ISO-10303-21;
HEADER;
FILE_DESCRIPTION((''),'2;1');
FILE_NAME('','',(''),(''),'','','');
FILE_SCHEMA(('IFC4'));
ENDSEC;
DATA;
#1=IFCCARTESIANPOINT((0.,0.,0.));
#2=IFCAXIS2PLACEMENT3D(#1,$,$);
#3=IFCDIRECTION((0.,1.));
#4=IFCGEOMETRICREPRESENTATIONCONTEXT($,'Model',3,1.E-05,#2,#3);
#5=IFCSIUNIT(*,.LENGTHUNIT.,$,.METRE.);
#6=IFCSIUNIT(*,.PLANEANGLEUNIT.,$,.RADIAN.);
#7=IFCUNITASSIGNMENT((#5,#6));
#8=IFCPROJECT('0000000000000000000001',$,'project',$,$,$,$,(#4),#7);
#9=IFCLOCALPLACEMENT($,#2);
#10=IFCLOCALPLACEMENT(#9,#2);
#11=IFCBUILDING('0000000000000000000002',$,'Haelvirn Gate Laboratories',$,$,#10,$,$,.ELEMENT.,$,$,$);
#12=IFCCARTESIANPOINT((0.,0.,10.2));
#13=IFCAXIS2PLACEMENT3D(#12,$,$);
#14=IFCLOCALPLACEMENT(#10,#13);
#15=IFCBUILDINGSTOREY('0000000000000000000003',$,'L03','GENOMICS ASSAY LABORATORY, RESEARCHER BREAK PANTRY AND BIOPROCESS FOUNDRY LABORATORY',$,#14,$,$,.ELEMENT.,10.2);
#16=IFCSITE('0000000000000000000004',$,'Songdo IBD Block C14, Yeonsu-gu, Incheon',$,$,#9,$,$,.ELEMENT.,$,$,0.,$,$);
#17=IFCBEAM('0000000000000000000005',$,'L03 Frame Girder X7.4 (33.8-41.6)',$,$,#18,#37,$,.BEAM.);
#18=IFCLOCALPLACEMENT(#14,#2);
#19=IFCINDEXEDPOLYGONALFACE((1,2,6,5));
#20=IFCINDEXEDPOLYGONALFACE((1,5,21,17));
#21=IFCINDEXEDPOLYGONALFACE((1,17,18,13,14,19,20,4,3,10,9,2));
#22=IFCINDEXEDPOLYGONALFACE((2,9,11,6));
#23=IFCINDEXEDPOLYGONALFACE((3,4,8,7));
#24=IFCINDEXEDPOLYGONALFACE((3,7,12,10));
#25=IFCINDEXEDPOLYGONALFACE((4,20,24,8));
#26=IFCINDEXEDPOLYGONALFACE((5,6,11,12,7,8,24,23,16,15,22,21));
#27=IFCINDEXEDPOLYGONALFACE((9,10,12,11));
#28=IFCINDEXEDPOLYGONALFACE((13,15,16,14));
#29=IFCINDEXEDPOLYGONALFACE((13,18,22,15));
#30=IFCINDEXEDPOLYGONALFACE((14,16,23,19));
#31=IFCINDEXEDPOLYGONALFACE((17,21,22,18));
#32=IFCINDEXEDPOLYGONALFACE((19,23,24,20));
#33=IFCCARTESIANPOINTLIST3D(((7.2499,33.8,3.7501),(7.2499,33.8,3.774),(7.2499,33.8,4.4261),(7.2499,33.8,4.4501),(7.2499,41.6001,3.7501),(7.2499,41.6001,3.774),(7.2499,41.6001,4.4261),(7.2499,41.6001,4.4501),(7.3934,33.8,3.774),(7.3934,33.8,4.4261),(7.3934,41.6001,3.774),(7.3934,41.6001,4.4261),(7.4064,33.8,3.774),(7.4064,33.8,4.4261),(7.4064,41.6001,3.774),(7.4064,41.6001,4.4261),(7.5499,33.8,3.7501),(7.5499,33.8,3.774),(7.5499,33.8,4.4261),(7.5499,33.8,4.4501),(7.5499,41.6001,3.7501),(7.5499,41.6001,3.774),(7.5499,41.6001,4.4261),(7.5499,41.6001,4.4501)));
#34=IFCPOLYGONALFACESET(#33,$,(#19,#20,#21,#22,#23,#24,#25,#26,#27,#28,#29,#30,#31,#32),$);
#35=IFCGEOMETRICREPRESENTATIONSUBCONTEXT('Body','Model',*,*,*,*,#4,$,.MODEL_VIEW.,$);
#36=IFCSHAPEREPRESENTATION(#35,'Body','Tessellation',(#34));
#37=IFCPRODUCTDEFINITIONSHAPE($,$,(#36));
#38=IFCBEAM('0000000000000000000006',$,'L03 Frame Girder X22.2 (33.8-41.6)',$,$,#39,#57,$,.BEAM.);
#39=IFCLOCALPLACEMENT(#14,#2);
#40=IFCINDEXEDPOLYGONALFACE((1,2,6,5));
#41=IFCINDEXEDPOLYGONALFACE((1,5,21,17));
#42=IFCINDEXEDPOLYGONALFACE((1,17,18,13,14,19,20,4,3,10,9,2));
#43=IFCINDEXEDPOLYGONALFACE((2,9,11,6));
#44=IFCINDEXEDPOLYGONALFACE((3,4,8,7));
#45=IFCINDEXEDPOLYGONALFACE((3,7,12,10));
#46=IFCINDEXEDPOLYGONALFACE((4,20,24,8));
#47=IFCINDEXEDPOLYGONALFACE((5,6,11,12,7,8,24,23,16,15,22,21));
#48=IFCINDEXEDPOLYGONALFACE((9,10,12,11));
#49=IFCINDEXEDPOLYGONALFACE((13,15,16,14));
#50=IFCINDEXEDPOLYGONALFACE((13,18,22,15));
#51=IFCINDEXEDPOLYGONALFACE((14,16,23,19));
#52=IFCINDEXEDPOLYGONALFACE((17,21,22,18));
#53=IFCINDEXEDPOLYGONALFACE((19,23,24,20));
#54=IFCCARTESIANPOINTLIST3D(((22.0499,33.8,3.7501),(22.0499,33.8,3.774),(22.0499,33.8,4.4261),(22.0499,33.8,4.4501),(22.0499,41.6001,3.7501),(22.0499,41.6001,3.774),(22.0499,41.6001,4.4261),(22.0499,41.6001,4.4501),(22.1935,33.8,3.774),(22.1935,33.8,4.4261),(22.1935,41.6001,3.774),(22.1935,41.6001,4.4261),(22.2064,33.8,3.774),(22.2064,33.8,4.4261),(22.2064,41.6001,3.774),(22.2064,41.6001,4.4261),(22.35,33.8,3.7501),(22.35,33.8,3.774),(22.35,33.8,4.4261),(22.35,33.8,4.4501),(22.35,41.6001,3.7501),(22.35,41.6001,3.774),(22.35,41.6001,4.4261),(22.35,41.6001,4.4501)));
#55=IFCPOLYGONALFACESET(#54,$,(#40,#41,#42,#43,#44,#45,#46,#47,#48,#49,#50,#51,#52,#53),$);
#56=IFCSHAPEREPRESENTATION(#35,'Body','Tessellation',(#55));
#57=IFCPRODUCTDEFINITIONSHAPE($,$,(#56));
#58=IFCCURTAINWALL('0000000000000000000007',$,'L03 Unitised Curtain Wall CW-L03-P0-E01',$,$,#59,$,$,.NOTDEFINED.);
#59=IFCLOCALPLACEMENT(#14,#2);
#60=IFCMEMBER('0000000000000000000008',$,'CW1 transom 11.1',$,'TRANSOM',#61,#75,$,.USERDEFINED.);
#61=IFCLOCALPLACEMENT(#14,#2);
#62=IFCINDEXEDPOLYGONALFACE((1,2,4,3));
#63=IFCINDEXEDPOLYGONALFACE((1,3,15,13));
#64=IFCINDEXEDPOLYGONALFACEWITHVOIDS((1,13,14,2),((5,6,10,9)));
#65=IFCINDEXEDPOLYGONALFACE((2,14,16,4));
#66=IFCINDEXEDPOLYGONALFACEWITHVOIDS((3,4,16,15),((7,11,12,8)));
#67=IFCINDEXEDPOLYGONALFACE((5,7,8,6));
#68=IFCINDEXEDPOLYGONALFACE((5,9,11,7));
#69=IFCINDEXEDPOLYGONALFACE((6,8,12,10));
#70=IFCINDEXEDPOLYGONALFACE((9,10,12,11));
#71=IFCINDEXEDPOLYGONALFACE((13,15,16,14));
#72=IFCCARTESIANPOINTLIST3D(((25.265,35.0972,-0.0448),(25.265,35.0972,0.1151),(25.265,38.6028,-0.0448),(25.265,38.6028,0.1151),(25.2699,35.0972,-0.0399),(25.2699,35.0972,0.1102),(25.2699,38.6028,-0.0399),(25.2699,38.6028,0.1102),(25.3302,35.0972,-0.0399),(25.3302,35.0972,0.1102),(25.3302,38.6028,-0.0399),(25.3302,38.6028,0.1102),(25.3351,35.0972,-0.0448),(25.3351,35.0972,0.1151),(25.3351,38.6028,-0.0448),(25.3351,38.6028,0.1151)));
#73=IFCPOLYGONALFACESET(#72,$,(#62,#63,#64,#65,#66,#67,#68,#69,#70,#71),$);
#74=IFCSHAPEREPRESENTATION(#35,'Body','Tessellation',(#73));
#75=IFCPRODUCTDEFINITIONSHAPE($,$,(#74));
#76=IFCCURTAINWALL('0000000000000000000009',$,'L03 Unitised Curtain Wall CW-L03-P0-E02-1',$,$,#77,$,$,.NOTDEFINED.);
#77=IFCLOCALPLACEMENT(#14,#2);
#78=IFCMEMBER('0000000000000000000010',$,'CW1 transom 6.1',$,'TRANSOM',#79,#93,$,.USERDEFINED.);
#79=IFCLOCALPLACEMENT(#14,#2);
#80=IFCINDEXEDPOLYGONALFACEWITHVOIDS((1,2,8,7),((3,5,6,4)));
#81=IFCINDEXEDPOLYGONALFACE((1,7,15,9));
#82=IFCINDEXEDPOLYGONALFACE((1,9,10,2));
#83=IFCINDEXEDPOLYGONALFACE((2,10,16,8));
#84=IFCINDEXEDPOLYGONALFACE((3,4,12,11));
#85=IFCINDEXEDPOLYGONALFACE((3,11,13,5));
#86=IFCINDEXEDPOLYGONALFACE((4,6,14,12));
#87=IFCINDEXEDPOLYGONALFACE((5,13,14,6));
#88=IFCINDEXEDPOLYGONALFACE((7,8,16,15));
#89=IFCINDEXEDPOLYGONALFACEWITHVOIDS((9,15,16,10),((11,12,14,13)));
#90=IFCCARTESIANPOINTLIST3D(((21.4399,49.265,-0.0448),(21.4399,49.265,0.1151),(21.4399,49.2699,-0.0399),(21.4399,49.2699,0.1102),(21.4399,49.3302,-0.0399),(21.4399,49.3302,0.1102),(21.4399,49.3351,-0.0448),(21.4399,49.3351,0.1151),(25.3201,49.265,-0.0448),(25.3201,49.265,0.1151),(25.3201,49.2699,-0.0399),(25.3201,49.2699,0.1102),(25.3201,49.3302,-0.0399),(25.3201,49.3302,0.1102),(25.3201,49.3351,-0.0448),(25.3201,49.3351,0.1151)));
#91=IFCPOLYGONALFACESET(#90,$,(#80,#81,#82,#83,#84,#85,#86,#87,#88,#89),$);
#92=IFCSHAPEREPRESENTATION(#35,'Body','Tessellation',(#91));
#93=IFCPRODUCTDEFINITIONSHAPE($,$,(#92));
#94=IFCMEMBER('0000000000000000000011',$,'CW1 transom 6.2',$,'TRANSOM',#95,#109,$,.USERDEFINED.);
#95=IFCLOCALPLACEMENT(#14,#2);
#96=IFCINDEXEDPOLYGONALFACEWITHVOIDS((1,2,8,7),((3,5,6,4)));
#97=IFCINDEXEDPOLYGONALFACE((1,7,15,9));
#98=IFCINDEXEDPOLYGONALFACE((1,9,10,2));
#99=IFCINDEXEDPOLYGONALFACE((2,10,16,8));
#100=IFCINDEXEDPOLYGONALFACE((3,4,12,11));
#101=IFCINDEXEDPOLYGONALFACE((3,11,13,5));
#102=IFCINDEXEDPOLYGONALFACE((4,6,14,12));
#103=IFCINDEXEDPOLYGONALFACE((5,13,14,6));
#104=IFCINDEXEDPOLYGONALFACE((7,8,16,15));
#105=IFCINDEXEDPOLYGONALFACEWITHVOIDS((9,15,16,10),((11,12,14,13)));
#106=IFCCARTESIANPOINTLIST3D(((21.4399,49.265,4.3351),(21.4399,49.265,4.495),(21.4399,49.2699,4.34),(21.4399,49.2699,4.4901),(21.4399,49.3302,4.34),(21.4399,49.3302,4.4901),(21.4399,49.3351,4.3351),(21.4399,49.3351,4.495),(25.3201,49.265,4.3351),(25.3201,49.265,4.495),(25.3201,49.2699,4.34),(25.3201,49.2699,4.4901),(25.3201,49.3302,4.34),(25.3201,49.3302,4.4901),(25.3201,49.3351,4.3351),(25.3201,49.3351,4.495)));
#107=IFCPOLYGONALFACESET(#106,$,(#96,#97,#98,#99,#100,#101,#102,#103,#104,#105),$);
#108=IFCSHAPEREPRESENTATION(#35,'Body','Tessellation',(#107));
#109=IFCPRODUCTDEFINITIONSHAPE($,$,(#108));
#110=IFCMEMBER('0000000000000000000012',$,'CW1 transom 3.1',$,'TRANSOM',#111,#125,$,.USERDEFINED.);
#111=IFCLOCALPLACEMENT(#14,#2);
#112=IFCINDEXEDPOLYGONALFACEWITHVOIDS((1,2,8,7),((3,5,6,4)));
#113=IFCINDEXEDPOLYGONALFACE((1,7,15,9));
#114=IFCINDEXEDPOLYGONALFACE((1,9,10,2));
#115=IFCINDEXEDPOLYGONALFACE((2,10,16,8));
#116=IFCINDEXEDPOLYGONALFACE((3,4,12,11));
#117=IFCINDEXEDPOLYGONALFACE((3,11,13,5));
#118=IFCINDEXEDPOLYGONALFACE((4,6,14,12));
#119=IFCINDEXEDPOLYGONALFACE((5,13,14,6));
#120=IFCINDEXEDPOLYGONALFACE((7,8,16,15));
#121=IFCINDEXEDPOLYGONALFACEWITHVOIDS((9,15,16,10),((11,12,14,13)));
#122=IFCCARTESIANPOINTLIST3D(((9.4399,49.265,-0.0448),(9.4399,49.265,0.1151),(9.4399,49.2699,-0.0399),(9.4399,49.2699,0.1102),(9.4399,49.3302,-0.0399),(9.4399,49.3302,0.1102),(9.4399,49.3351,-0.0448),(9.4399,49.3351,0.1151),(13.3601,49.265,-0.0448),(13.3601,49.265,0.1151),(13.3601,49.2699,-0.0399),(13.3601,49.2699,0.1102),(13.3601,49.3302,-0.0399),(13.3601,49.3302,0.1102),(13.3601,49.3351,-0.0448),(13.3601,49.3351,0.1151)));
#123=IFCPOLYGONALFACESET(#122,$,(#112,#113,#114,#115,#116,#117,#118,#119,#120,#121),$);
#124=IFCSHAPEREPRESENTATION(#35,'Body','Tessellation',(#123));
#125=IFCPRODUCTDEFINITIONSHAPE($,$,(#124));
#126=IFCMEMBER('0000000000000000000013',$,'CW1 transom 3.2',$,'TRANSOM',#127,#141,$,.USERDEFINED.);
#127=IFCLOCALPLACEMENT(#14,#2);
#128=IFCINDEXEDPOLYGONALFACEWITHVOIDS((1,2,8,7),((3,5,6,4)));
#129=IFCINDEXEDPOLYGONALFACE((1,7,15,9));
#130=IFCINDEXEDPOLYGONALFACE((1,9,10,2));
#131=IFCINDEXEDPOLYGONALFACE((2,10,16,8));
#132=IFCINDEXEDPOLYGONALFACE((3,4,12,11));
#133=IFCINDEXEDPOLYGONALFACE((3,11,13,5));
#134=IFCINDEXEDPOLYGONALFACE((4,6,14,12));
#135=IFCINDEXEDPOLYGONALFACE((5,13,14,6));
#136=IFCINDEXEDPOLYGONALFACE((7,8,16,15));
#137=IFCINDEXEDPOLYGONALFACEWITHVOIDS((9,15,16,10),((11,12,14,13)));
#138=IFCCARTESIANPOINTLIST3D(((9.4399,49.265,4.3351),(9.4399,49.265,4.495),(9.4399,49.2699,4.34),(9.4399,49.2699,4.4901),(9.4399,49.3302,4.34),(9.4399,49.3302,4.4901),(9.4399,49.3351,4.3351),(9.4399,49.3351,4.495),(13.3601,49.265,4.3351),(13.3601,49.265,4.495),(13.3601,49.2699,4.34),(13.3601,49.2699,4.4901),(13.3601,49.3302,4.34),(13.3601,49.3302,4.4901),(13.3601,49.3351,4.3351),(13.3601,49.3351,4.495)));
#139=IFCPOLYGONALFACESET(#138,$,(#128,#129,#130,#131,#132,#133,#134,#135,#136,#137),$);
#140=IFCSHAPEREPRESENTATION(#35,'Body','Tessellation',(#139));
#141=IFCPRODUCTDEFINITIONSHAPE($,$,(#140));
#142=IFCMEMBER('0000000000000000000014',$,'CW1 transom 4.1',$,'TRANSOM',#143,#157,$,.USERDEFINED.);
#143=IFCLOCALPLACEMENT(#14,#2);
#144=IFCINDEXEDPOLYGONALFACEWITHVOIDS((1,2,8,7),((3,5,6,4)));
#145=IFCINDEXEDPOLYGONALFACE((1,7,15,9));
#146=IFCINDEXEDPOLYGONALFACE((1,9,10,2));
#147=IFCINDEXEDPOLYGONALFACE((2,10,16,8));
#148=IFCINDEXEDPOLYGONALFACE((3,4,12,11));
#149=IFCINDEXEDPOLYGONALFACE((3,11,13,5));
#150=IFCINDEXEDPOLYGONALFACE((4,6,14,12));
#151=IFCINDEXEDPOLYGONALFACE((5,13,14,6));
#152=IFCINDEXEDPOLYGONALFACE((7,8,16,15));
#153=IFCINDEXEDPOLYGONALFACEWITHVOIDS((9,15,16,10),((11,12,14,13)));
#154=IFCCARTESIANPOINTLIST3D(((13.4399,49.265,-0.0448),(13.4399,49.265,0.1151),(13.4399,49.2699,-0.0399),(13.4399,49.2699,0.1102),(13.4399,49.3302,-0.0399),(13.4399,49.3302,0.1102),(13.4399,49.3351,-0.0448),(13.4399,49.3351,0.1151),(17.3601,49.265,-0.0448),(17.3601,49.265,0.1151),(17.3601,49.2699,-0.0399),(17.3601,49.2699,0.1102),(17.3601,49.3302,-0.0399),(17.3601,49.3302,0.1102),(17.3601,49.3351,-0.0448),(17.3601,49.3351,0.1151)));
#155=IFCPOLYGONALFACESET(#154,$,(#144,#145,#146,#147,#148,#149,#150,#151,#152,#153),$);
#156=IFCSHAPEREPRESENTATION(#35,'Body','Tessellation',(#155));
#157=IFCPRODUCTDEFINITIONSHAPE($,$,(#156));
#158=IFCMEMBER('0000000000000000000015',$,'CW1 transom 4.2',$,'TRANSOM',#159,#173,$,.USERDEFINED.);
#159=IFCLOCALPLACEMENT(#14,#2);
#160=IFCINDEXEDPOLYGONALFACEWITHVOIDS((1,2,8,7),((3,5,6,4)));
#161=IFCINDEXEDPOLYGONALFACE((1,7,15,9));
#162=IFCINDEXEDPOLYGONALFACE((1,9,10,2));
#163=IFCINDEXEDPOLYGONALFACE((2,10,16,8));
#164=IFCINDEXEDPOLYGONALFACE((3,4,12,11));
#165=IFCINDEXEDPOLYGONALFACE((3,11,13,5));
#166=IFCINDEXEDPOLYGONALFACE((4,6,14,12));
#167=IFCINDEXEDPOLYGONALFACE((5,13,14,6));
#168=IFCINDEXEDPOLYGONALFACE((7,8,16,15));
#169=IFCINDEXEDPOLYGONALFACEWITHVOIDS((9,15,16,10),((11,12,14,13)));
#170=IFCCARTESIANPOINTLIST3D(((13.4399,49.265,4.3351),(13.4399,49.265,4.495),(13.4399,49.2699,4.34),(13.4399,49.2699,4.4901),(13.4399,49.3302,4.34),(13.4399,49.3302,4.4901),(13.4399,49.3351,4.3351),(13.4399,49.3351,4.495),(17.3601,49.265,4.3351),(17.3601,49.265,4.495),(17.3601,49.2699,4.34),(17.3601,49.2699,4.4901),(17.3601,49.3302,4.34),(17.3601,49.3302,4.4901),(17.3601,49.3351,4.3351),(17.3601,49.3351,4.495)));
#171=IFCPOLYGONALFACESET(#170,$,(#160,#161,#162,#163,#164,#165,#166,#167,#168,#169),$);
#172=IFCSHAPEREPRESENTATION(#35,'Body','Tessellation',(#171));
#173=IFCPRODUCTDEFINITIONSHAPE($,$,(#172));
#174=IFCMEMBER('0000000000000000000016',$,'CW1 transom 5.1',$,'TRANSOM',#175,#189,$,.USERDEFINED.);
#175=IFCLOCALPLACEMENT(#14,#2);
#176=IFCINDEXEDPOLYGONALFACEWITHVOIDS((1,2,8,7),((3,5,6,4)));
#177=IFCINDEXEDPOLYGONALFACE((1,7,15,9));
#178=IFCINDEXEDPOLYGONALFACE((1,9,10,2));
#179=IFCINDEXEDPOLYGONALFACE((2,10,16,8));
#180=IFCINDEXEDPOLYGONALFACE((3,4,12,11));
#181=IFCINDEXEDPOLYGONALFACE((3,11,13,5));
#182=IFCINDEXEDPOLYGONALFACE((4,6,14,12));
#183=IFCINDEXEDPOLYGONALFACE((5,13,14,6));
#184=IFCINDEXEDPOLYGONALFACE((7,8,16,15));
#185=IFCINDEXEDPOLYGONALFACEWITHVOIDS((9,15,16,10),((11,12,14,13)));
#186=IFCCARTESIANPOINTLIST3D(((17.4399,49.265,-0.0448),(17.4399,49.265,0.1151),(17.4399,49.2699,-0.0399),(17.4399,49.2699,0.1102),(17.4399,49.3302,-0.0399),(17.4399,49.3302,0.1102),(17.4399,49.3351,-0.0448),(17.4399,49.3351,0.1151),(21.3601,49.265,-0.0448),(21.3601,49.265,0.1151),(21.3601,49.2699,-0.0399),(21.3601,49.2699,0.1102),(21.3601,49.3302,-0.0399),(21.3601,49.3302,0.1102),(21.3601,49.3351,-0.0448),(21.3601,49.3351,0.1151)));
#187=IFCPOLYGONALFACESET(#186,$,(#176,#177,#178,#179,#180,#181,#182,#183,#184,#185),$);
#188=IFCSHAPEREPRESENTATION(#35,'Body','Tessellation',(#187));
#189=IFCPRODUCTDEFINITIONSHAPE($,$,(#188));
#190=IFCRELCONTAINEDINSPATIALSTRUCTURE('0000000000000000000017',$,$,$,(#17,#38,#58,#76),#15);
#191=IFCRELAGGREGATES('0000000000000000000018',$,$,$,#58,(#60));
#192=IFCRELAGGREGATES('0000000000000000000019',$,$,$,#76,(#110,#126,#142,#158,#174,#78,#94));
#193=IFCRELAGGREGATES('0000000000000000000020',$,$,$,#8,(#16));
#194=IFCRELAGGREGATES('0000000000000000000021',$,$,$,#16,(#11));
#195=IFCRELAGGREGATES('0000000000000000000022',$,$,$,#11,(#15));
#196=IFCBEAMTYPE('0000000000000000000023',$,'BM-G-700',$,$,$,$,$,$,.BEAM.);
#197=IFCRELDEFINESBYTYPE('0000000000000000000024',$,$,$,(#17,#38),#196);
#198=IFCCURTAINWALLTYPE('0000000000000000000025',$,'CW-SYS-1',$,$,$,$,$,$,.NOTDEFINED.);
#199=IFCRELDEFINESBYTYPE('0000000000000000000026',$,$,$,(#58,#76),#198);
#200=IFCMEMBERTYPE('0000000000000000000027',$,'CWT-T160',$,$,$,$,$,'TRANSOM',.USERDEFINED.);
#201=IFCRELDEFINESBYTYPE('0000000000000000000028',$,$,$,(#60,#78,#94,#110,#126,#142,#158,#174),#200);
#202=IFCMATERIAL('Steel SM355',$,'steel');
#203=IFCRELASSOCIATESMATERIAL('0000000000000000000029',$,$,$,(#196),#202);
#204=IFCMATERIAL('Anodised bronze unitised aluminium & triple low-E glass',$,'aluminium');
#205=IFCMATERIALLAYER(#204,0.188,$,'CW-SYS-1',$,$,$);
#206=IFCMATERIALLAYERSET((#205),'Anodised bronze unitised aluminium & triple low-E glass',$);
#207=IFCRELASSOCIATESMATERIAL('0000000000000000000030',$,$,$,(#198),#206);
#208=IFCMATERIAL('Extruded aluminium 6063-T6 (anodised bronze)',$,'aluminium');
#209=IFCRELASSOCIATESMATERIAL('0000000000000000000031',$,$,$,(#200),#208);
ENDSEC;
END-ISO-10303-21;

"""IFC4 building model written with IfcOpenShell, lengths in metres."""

from ifc_helpers import new_model, si_unit, direction, frame, origin, origin_2d, place, context, subcontext, project, spatial, hollow_rectangle, i_section, extrude, source, transform, mapped, material, layer, layer_set, material_profile, profile_set, type_object, type_shapes, element, aggregate, save


model = new_model("IFC4")

# Units and contexts
model_context = context("Model", 3, precision=1e-05, world=origin(), true_north=direction((0.0, 1.0)))
body_context = subcontext(model_context, "Body", "Model", "MODEL_VIEW")
ifc_project = project(units=[si_unit("LENGTHUNIT", "METRE"), si_unit("PLANEANGLEUNIT", "RADIAN")], contexts=[model_context])

# Site, building, storey
site_placement = place(None, origin())
site = spatial("IfcSite", under=ifc_project, at=site_placement, Name="Songdo IBD Block C14, Yeonsu-gu, Incheon", CompositionType="ELEMENT", RefElevation=0.0)
building_placement = place(site_placement, origin())
building = spatial("IfcBuilding", under=site, at=building_placement, Name="Haelvirn Gate Laboratories", CompositionType="ELEMENT")
storey_placement = place(building_placement, frame((0.0, 0.0, 10.2)))
storey = spatial("IfcBuildingStorey", under=building, at=storey_placement, Name="L03", Description="GENOMICS ASSAY LABORATORY, RESEARCHER BREAK PANTRY AND BIOPROCESS FOUNDRY LABORATORY", CompositionType="ELEMENT", Elevation=10.2)

# Beams
ifc_material_1 = material(Name="Steel SM355", Category="steel")
ifc_material_profile_1 = material_profile(ifc_material_1, i_section(OverallWidth=0.3, OverallDepth=0.7, WebThickness=0.0129, FlangeThickness=0.0239, at=origin_2d()), Name="H-700x300x13x24")
ifc_profile_set_1 = profile_set([ifc_material_profile_1], Name="Steel SM355")
beam_type_1 = type_object("IfcBeamType", Name="BM-G-700", PredefinedType="BEAM", material=ifc_profile_set_1)
shared_shape_1 = source(origin(), body_context, "Body", "SweptSolid", [
    extrude(i_section(OverallWidth=0.3, OverallDepth=0.7, WebThickness=0.0129, FlangeThickness=0.0239, at=origin_2d()), origin(), (0.0, 0.0, 1.0), 7.8),
])
type_shapes(beam_type_1, [shared_shape_1])
for number, where, z_axis, x_axis, name in (
    (1, (7.3999, 33.8, 4.1001), (0.0, 1.0, 0.0), (-1.0, 0.0, 0.0), "L03 Frame Girder X7.4 (33.8-41.6)"),
    (2, (22.2, 33.8, 4.1001), (0.0, 1.0, 0.0), (-1.0, 0.0, 0.0), "L03 Frame Girder X22.2 (33.8-41.6)"),
):
    element("IfcBeam", number, at=place(storey_placement, frame(where, z_axis=z_axis, x_axis=x_axis)), inside=storey, type_object=beam_type_1, Name=name, PredefinedType="BEAM", context=body_context, shape_type="MappedRepresentation", body=[
        mapped(shared_shape_1, transform((0.0, 0.0, 0.0), scale=1.0)),
    ])

# Curtain wall, member
ifc_material_2 = material(Name="Anodised bronze unitised aluminium & triple low-E glass", Category="aluminium")
ifc_layer_1 = layer(ifc_material_2, 0.188, Name="CW-SYS-1")
ifc_layer_set_1 = layer_set([ifc_layer_1], Name="Anodised bronze unitised aluminium & triple low-E glass")
curtain_wall_type = type_object("IfcCurtainWallType", Name="CW-SYS-1", PredefinedType="NOTDEFINED", material=ifc_layer_set_1)
curtain_wall_1_placement = place(storey_placement, origin())
curtain_wall_1 = element("IfcCurtainWall", 3, at=curtain_wall_1_placement, inside=storey, type_object=curtain_wall_type, Name="L03 Unitised Curtain Wall CW-L03-P0-E01", PredefinedType="NOTDEFINED")
ifc_material_3 = material(Name="Extruded aluminium 6063-T6 (anodised bronze)", Category="aluminium")
ifc_material_profile_2 = material_profile(ifc_material_3, hollow_rectangle(XDim=0.0701, YDim=0.1599, WallThickness=0.0049, at=origin_2d()), Name="CWT-160x70x5")
ifc_profile_set_2 = profile_set([ifc_material_profile_2], Name="Extruded aluminium 6063-T6 (anodised bronze)")
member_type_1 = type_object("IfcMemberType", Name="CWT-T160", ElementType="TRANSOM", PredefinedType="USERDEFINED", material=ifc_profile_set_2)
shared_shape_2 = source(origin(), body_context, "Body", "SweptSolid", [
    extrude(hollow_rectangle(XDim=0.0701, YDim=0.1599, WallThickness=0.0049, at=origin_2d()), origin(), (0.0, 0.0, 1.0), 3.5056),
])
member_1_placement = place(storey_placement, frame((25.3, 35.0972, 0.0352), z_axis=(0.0, 1.0, 0.0), x_axis=(-1.0, 0.0, 0.0)))
member_1 = element("IfcMember", 4, at=member_1_placement, type_object=member_type_1, Name="CW1 transom 11.1", ObjectType="TRANSOM", PredefinedType="USERDEFINED", context=body_context, shape_type="MappedRepresentation", body=[
    mapped(shared_shape_2, transform((0.0, 0.0, 0.0), scale=1.0)),
])

# Curtain wall, members
curtain_wall_2_placement = place(storey_placement, origin())
curtain_wall_2 = element("IfcCurtainWall", 5, at=curtain_wall_2_placement, inside=storey, type_object=curtain_wall_type, Name="L03 Unitised Curtain Wall CW-L03-P0-E02-1", PredefinedType="NOTDEFINED")
shared_shape_3 = source(origin(), body_context, "Body", "SweptSolid", [
    extrude(hollow_rectangle(XDim=0.0701, YDim=0.1599, WallThickness=0.0049, at=origin_2d()), origin(), (0.0, 0.0, 1.0), 3.8801),
])
member_2_placement = place(storey_placement, frame((21.4399, 49.3, 0.0352), z_axis=(1.0, 0.0, 0.0), x_axis=(0.0, 1.0, 0.0)))
member_2 = element("IfcMember", 6, at=member_2_placement, type_object=member_type_1, Name="CW1 transom 6.1", ObjectType="TRANSOM", PredefinedType="USERDEFINED", context=body_context, shape_type="MappedRepresentation", body=[
    mapped(shared_shape_3, transform((0.0, 0.0, 0.0), scale=1.0)),
])
member_3_placement = place(storey_placement, frame((21.4399, 49.3, 4.415), z_axis=(1.0, 0.0, 0.0), x_axis=(0.0, 1.0, 0.0)))
member_3 = element("IfcMember", 7, at=member_3_placement, type_object=member_type_1, Name="CW1 transom 6.2", ObjectType="TRANSOM", PredefinedType="USERDEFINED", context=body_context, shape_type="MappedRepresentation", body=[
    mapped(shared_shape_3, transform((0.0, 0.0, 0.0), scale=1.0)),
])
shared_shape_4 = source(origin(), body_context, "Body", "SweptSolid", [
    extrude(hollow_rectangle(XDim=0.0701, YDim=0.1599, WallThickness=0.0049, at=origin_2d()), origin(), (0.0, 0.0, 1.0), 3.9202),
])
type_shapes(member_type_1, [shared_shape_2, shared_shape_3, shared_shape_4])
member_4_placement = place(storey_placement, frame((9.4399, 49.3, 0.0352), z_axis=(1.0, 0.0, 0.0), x_axis=(0.0, 1.0, 0.0)))
member_4 = element("IfcMember", 8, at=member_4_placement, type_object=member_type_1, Name="CW1 transom 3.1", ObjectType="TRANSOM", PredefinedType="USERDEFINED", context=body_context, shape_type="MappedRepresentation", body=[
    mapped(shared_shape_4, transform((0.0, 0.0, 0.0), scale=1.0)),
])
member_5_placement = place(storey_placement, frame((9.4399, 49.3, 4.415), z_axis=(1.0, 0.0, 0.0), x_axis=(0.0, 1.0, 0.0)))
member_5 = element("IfcMember", 9, at=member_5_placement, type_object=member_type_1, Name="CW1 transom 3.2", ObjectType="TRANSOM", PredefinedType="USERDEFINED", context=body_context, shape_type="MappedRepresentation", body=[
    mapped(shared_shape_4, transform((0.0, 0.0, 0.0), scale=1.0)),
])
member_6_placement = place(storey_placement, frame((13.4399, 49.3, 0.0352), z_axis=(1.0, 0.0, 0.0), x_axis=(0.0, 1.0, 0.0)))
member_6 = element("IfcMember", 10, at=member_6_placement, type_object=member_type_1, Name="CW1 transom 4.1", ObjectType="TRANSOM", PredefinedType="USERDEFINED", context=body_context, shape_type="MappedRepresentation", body=[
    mapped(shared_shape_4, transform((0.0, 0.0, 0.0), scale=1.0)),
])
member_7_placement = place(storey_placement, frame((13.4399, 49.3, 4.415), z_axis=(1.0, 0.0, 0.0), x_axis=(0.0, 1.0, 0.0)))
member_7 = element("IfcMember", 11, at=member_7_placement, type_object=member_type_1, Name="CW1 transom 4.2", ObjectType="TRANSOM", PredefinedType="USERDEFINED", context=body_context, shape_type="MappedRepresentation", body=[
    mapped(shared_shape_4, transform((0.0, 0.0, 0.0), scale=1.0)),
])
member_8_placement = place(storey_placement, frame((17.4399, 49.3, 0.0352), z_axis=(1.0, 0.0, 0.0), x_axis=(0.0, 1.0, 0.0)))
member_8 = element("IfcMember", 12, at=member_8_placement, type_object=member_type_1, Name="CW1 transom 5.1", ObjectType="TRANSOM", PredefinedType="USERDEFINED", context=body_context, shape_type="MappedRepresentation", body=[
    mapped(shared_shape_4, transform((0.0, 0.0, 0.0), scale=1.0)),
])

aggregate(curtain_wall_1, [member_1])

aggregate(curtain_wall_2, [member_4, member_5, member_6, member_7, member_8, member_2, member_3])

save(model, "model.ifc")
